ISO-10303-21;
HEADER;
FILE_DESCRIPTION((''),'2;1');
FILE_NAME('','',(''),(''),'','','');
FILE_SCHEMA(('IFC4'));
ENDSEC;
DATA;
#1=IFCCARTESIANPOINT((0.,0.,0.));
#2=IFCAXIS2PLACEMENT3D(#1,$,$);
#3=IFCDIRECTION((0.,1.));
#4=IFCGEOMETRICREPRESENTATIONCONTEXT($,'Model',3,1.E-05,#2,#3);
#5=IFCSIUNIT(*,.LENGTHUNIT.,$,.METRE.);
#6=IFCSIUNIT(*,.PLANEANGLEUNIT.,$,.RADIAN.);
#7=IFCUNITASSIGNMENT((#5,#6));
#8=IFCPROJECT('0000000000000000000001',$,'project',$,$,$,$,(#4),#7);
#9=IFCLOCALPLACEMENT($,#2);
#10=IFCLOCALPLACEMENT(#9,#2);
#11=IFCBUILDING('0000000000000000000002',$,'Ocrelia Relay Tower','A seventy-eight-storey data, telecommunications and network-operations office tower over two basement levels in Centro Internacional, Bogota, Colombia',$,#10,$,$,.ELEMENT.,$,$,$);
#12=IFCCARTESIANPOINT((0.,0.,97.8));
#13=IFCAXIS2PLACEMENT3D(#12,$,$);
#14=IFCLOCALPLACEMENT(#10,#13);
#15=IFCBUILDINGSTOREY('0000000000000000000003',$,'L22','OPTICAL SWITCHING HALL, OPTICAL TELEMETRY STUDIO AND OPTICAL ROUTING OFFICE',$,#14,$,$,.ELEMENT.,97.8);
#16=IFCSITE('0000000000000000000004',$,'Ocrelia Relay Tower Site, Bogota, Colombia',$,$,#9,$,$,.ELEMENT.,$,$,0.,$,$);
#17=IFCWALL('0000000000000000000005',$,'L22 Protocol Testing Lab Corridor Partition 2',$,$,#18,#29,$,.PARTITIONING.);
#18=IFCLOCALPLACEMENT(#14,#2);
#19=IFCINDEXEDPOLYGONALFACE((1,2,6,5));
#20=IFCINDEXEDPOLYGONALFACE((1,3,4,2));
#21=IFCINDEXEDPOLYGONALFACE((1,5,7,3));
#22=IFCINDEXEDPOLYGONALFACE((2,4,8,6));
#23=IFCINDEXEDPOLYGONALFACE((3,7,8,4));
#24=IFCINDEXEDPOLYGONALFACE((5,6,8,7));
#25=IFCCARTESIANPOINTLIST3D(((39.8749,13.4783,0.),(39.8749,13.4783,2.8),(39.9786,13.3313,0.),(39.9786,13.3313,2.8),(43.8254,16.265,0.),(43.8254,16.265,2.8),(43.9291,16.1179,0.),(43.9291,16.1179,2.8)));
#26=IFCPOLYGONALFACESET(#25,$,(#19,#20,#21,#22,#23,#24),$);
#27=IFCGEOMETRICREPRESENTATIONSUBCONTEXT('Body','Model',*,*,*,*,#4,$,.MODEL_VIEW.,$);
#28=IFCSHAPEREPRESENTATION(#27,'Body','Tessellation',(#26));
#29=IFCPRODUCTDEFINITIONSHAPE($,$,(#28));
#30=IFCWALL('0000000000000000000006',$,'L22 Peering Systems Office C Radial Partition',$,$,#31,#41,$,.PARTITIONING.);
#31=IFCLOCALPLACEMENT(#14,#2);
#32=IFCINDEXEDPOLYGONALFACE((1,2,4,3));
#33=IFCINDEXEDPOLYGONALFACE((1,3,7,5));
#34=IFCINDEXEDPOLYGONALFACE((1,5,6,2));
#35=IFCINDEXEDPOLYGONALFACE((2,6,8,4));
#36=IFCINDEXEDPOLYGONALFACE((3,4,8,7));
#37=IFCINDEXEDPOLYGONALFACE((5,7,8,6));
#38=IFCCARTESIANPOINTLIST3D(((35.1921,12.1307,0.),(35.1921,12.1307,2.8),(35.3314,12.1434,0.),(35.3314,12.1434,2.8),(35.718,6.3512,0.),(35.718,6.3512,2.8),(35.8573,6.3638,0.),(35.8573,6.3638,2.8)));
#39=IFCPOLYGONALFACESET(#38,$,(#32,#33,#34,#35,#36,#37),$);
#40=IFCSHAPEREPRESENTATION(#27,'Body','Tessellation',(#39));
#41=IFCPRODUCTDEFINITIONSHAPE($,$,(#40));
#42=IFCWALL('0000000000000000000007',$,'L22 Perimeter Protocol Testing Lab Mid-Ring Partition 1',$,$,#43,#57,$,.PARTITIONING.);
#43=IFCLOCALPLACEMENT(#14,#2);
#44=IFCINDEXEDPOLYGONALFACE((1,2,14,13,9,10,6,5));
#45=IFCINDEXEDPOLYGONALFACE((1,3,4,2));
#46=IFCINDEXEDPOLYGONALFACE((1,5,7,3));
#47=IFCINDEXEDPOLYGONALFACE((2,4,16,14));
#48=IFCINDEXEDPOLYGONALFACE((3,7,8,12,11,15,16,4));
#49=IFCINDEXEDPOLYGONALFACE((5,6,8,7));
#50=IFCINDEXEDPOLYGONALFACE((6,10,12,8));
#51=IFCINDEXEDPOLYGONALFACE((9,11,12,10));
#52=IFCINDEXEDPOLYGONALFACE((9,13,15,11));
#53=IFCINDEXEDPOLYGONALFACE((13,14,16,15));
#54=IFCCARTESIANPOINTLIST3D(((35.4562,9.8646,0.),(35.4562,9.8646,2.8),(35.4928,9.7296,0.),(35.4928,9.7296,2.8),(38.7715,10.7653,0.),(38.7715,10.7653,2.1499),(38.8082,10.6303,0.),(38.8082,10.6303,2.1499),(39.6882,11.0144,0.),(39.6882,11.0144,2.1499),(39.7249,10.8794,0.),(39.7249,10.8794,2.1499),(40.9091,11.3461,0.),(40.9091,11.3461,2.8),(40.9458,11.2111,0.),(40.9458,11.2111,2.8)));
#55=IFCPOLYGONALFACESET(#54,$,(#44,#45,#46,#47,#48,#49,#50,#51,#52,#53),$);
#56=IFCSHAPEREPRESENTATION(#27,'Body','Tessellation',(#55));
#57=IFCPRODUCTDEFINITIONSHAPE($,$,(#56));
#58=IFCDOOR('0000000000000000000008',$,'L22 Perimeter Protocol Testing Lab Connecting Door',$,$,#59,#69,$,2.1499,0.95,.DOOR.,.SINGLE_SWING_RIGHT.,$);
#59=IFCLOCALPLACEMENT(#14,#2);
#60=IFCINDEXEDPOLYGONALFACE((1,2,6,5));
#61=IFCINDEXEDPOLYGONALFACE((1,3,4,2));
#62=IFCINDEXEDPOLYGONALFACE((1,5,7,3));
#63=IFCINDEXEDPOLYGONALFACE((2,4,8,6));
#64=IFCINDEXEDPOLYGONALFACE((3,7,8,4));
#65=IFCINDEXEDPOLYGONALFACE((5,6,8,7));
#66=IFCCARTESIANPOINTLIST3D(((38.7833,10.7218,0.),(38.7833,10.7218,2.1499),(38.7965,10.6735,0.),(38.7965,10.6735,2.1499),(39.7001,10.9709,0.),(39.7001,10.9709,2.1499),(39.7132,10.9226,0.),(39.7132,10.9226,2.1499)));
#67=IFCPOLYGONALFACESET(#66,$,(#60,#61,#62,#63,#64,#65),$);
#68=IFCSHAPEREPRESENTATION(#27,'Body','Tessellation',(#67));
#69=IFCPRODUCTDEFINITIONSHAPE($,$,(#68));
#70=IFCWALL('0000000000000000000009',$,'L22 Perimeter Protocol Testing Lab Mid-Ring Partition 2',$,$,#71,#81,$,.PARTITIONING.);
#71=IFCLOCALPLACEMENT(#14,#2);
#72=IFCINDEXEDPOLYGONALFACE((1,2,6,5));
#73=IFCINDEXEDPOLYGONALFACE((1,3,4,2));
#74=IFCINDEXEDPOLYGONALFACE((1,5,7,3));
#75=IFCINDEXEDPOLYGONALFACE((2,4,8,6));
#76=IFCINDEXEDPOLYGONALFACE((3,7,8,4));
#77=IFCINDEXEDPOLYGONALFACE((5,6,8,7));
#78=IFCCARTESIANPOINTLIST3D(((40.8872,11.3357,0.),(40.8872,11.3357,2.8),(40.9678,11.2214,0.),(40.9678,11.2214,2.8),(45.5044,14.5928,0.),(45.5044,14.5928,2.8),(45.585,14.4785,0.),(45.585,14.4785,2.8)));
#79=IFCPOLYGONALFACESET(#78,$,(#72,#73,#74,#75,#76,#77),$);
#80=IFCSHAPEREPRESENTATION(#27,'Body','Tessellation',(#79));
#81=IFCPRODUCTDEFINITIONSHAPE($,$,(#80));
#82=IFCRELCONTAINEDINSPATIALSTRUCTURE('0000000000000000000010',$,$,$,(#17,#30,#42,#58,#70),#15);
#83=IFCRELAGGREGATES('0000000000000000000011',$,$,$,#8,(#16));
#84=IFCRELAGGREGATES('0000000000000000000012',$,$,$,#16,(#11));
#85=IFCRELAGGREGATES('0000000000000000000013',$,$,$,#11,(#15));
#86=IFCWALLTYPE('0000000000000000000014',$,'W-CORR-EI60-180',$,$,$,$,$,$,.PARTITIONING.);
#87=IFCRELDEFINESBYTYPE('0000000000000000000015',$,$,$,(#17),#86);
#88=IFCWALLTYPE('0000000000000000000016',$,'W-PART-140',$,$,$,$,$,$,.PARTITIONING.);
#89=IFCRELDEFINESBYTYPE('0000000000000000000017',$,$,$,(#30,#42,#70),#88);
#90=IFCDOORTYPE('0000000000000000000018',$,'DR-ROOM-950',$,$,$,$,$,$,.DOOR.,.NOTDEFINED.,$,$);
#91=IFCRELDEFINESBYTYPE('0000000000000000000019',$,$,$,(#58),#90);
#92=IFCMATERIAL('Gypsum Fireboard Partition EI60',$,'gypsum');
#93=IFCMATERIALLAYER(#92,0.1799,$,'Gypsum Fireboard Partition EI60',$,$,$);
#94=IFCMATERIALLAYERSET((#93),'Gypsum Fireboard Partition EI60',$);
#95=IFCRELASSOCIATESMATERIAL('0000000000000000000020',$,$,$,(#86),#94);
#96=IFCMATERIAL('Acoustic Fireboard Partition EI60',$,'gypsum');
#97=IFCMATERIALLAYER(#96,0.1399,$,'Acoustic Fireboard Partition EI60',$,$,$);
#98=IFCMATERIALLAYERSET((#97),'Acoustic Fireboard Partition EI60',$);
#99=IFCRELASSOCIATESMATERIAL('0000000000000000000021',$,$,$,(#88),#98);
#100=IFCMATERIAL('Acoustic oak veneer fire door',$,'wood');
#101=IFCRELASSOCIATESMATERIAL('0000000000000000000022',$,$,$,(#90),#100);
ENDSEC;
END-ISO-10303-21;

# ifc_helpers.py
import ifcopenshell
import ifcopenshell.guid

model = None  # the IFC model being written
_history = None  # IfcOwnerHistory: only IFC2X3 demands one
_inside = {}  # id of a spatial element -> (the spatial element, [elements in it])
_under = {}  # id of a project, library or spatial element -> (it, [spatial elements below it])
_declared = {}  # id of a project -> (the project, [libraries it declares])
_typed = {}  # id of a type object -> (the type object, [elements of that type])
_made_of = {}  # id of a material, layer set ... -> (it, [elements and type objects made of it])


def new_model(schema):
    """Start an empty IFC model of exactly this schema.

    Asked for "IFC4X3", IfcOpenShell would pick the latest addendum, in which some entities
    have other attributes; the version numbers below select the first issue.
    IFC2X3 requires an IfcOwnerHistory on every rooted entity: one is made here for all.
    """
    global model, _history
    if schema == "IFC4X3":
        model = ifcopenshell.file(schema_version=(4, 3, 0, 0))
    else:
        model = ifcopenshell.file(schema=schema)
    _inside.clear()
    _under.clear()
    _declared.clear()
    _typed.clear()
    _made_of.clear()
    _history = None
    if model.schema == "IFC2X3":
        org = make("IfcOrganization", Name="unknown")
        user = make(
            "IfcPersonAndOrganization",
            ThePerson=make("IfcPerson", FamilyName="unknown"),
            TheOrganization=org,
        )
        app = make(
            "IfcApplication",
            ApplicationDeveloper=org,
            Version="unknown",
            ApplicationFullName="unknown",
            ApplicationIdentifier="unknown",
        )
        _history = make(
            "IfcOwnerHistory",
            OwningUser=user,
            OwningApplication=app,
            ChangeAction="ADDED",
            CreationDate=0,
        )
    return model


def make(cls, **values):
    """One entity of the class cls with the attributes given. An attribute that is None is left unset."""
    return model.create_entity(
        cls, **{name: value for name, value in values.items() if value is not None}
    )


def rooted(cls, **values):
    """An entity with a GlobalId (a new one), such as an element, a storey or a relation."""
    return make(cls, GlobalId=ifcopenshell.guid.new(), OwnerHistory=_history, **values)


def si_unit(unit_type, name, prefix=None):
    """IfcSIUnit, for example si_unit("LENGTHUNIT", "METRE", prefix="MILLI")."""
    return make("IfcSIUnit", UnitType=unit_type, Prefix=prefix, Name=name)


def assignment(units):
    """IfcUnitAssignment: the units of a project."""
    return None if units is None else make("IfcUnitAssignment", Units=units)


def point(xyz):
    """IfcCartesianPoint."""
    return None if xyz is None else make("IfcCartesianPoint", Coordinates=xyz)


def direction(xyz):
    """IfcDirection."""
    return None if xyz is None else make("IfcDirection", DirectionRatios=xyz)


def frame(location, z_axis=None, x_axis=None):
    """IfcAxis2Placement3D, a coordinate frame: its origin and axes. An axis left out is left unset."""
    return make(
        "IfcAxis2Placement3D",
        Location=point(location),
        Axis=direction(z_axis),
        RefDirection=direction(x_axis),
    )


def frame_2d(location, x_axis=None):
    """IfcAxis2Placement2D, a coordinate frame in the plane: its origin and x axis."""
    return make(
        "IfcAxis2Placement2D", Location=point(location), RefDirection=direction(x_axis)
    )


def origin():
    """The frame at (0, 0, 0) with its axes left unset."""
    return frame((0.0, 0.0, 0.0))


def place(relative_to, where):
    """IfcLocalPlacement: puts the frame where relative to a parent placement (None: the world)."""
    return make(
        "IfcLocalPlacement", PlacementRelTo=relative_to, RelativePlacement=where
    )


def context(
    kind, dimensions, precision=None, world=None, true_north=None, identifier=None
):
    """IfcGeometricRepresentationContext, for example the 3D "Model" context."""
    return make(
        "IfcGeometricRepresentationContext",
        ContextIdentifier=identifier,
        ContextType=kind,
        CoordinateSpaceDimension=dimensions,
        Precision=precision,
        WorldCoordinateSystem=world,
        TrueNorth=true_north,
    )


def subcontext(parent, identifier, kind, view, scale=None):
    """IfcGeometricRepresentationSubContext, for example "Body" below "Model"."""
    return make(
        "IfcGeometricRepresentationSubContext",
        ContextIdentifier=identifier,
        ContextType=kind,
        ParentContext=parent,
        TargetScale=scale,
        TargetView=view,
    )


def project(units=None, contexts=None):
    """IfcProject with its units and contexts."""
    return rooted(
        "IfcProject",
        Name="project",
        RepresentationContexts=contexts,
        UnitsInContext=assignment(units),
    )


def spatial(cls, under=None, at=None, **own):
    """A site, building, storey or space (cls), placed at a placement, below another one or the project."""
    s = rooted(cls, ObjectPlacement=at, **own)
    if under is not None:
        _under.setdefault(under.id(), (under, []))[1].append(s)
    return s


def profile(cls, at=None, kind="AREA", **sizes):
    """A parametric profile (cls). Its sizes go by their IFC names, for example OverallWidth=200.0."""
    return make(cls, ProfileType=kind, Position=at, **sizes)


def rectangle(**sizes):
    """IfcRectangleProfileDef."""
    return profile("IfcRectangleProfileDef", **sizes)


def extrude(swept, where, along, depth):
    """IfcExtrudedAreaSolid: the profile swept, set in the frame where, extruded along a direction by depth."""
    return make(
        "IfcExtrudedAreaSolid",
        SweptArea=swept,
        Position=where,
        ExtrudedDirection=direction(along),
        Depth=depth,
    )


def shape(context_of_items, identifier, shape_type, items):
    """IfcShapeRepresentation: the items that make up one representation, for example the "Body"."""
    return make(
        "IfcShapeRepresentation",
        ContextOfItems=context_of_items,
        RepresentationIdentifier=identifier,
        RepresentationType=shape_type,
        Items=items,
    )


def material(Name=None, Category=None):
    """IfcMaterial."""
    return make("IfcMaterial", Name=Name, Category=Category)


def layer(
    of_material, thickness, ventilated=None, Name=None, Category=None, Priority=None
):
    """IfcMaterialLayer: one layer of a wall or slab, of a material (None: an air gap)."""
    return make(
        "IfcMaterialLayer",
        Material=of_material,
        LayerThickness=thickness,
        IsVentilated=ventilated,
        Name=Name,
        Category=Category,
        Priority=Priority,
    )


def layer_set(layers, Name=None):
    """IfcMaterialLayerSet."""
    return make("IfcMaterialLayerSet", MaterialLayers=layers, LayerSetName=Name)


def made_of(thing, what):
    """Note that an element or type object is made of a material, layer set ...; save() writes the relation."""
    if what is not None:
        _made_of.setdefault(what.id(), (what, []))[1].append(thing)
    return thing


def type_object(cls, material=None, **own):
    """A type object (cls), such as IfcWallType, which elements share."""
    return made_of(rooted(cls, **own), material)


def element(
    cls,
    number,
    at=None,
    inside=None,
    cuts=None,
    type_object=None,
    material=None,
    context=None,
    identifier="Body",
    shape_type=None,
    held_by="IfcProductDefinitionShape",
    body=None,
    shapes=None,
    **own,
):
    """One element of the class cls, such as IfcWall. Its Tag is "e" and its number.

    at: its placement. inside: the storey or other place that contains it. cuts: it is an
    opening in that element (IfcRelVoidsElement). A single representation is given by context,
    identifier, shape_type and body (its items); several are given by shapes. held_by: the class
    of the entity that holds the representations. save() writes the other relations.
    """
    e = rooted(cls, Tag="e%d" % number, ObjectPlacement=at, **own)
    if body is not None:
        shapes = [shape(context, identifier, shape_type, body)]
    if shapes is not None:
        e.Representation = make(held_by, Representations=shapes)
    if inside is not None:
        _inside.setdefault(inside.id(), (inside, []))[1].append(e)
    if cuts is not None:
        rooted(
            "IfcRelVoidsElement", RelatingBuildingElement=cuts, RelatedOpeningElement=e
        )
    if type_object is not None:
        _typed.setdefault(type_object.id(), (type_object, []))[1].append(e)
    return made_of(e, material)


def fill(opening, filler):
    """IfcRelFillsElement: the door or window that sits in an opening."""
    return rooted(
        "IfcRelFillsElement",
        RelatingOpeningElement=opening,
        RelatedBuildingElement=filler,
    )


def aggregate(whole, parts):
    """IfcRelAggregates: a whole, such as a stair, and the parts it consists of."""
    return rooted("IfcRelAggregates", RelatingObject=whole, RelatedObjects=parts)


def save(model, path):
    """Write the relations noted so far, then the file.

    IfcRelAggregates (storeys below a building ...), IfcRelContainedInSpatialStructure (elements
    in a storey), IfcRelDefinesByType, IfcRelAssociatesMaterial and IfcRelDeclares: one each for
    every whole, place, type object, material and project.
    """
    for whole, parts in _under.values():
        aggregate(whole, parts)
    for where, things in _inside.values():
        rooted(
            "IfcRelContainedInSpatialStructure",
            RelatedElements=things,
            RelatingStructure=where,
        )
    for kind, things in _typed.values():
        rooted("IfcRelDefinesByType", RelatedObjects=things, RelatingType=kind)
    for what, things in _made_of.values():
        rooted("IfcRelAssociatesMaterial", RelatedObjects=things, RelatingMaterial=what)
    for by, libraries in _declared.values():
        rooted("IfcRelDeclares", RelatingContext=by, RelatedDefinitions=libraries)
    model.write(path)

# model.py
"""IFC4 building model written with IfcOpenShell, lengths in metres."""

from ifc_helpers import new_model, si_unit, direction, frame, frame_2d, origin, place, context, subcontext, project, spatial, rectangle, extrude, material, layer, layer_set, type_object, element, fill, save


model = new_model("IFC4")

# Units and contexts
model_context = context("Model", 3, precision=1e-05, world=origin(), true_north=direction((0.0, 1.0)))
body_context = subcontext(model_context, "Body", "Model", "MODEL_VIEW")
ifc_project = project(units=[si_unit("LENGTHUNIT", "METRE"), si_unit("PLANEANGLEUNIT", "RADIAN")], contexts=[model_context])

# Site, building, storey
site_placement = place(None, origin())
site = spatial("IfcSite", under=ifc_project, at=site_placement, Name="Ocrelia Relay Tower Site, Bogota, Colombia", CompositionType="ELEMENT", RefElevation=0.0)
building_placement = place(site_placement, origin())
building = spatial("IfcBuilding", under=site, at=building_placement, Name="Ocrelia Relay Tower", Description="A seventy-eight-storey data, telecommunications and network-operations office tower over two basement levels in Centro Internacional, Bogota, Colombia", CompositionType="ELEMENT")
storey_placement = place(building_placement, frame((0.0, 0.0, 97.8)))
storey = spatial("IfcBuildingStorey", under=building, at=storey_placement, Name="L22", Description="OPTICAL SWITCHING HALL, OPTICAL TELEMETRY STUDIO AND OPTICAL ROUTING OFFICE", CompositionType="ELEMENT", Elevation=97.8)

# Shared definitions
ifc_material_1 = material(Name="Gypsum Fireboard Partition EI60", Category="gypsum")
ifc_layer_1 = layer(ifc_material_1, 0.1799, Name="Gypsum Fireboard Partition EI60")
ifc_layer_set_1 = layer_set([ifc_layer_1], Name="Gypsum Fireboard Partition EI60")
wall_type_1 = type_object("IfcWallType", Name="W-CORR-EI60-180", PredefinedType="PARTITIONING", material=ifc_layer_set_1)
ifc_material_2 = material(Name="Acoustic oak veneer fire door", Category="wood")

# Wall
wall_1_placement = place(storey_placement, frame((39.9268, 13.4048, 0.0), z_axis=(0.0, 0.0, 1.0), x_axis=(0.817155, 0.576417, 0.0)))
element("IfcWall", 1, at=wall_1_placement, inside=storey, type_object=wall_type_1, Name="L22 Protocol Testing Lab Corridor Partition 2", PredefinedType="PARTITIONING", context=body_context, shape_type="SweptSolid", body=[
    extrude(rectangle(XDim=4.8345, YDim=0.1799, at=frame_2d((2.4172, 0.0))), origin(), (0.0, 0.0, 1.0), 2.8),
])

# Wall
ifc_material_3 = material(Name="Acoustic Fireboard Partition EI60", Category="gypsum")
ifc_layer_2 = layer(ifc_material_3, 0.1399, Name="Acoustic Fireboard Partition EI60")
ifc_layer_set_2 = layer_set([ifc_layer_2], Name="Acoustic Fireboard Partition EI60")
wall_type_2 = type_object("IfcWallType", Name="W-PART-140", PredefinedType="PARTITIONING", material=ifc_layer_set_2)
wall_2_placement = place(storey_placement, frame((35.2617, 12.1372, 0.0), z_axis=(0.0, 0.0, 1.0), x_axis=(0.090615, -0.995886, 0.0)))
element("IfcWall", 2, at=wall_2_placement, inside=storey, type_object=wall_type_2, Name="L22 Peering Systems Office C Radial Partition", PredefinedType="PARTITIONING", context=body_context, shape_type="SweptSolid", body=[
    extrude(rectangle(XDim=5.8035, YDim=0.1399, at=frame_2d((2.9019, 0.0))), origin(), (0.0, 0.0, 1.0), 2.8),
])

# Wall, opening, door
wall_3_placement = place(storey_placement, frame((35.4746, 9.7971, 0.0), z_axis=(0.0, 0.0, 1.0), x_axis=(0.96502, 0.262178, 0.0)))
wall_3 = element("IfcWall", 3, at=wall_3_placement, inside=storey, type_object=wall_type_2, Name="L22 Perimeter Protocol Testing Lab Mid-Ring Partition 1", PredefinedType="PARTITIONING", context=body_context, shape_type="SweptSolid", body=[
    extrude(rectangle(XDim=5.6506, YDim=0.1399, at=frame_2d((2.8252, 0.0))), origin(), (0.0, 0.0, 1.0), 2.8),
])
opening_1_placement = place(wall_3_placement, frame((3.4353, 0.0, 0.0)))
opening_1 = element("IfcOpeningElement", 4, at=opening_1_placement, cuts=wall_3, PredefinedType="OPENING", context=body_context, shape_type="SweptSolid", body=[
    extrude(rectangle(XDim=0.95, YDim=2.1499, at=frame_2d((0.4751, 1.075))), frame((0.0, 0.0801, 0.0), z_axis=(0.0, -1.0, 0.0), x_axis=(1.0, 0.0, 0.0)), (0.0, 0.0, 1.0), 0.1599),
])
door_type_1 = type_object("IfcDoorType", Name="DR-ROOM-950", OperationType="NOTDEFINED", PredefinedType="DOOR", material=ifc_material_2)
door_1_placement = place(opening_1_placement, origin())
door_1 = element("IfcDoor", 5, at=door_1_placement, inside=storey, type_object=door_type_1, Name="L22 Perimeter Protocol Testing Lab Connecting Door", OperationType="SINGLE_SWING_RIGHT", OverallHeight=2.1499, OverallWidth=0.95, PredefinedType="DOOR", context=body_context, shape_type="SweptSolid", body=[
    extrude(rectangle(XDim=0.95, YDim=2.1499, at=frame_2d((0.4751, 1.075))), frame((0.0, 0.0249, 0.0), z_axis=(0.0, -1.0, 0.0), x_axis=(1.0, 0.0, 0.0)), (0.0, 0.0, 1.0), 0.05),
])
fill(opening_1, door_1)

# Wall
wall_4_placement = place(storey_placement, frame((40.9275, 11.2786, 0.0), z_axis=(0.0, 0.0, 1.0), x_axis=(0.817144, 0.576434, 0.0)))
element("IfcWall", 6, at=wall_4_placement, inside=storey, type_object=wall_type_2, Name="L22 Perimeter Protocol Testing Lab Mid-Ring Partition 2", PredefinedType="PARTITIONING", context=body_context, shape_type="SweptSolid", body=[
    extrude(rectangle(XDim=5.6504, YDim=0.1399, at=frame_2d((2.8252, 0.0))), origin(), (0.0, 0.0, 1.0), 2.8),
])

save(model, "model.ifc")
